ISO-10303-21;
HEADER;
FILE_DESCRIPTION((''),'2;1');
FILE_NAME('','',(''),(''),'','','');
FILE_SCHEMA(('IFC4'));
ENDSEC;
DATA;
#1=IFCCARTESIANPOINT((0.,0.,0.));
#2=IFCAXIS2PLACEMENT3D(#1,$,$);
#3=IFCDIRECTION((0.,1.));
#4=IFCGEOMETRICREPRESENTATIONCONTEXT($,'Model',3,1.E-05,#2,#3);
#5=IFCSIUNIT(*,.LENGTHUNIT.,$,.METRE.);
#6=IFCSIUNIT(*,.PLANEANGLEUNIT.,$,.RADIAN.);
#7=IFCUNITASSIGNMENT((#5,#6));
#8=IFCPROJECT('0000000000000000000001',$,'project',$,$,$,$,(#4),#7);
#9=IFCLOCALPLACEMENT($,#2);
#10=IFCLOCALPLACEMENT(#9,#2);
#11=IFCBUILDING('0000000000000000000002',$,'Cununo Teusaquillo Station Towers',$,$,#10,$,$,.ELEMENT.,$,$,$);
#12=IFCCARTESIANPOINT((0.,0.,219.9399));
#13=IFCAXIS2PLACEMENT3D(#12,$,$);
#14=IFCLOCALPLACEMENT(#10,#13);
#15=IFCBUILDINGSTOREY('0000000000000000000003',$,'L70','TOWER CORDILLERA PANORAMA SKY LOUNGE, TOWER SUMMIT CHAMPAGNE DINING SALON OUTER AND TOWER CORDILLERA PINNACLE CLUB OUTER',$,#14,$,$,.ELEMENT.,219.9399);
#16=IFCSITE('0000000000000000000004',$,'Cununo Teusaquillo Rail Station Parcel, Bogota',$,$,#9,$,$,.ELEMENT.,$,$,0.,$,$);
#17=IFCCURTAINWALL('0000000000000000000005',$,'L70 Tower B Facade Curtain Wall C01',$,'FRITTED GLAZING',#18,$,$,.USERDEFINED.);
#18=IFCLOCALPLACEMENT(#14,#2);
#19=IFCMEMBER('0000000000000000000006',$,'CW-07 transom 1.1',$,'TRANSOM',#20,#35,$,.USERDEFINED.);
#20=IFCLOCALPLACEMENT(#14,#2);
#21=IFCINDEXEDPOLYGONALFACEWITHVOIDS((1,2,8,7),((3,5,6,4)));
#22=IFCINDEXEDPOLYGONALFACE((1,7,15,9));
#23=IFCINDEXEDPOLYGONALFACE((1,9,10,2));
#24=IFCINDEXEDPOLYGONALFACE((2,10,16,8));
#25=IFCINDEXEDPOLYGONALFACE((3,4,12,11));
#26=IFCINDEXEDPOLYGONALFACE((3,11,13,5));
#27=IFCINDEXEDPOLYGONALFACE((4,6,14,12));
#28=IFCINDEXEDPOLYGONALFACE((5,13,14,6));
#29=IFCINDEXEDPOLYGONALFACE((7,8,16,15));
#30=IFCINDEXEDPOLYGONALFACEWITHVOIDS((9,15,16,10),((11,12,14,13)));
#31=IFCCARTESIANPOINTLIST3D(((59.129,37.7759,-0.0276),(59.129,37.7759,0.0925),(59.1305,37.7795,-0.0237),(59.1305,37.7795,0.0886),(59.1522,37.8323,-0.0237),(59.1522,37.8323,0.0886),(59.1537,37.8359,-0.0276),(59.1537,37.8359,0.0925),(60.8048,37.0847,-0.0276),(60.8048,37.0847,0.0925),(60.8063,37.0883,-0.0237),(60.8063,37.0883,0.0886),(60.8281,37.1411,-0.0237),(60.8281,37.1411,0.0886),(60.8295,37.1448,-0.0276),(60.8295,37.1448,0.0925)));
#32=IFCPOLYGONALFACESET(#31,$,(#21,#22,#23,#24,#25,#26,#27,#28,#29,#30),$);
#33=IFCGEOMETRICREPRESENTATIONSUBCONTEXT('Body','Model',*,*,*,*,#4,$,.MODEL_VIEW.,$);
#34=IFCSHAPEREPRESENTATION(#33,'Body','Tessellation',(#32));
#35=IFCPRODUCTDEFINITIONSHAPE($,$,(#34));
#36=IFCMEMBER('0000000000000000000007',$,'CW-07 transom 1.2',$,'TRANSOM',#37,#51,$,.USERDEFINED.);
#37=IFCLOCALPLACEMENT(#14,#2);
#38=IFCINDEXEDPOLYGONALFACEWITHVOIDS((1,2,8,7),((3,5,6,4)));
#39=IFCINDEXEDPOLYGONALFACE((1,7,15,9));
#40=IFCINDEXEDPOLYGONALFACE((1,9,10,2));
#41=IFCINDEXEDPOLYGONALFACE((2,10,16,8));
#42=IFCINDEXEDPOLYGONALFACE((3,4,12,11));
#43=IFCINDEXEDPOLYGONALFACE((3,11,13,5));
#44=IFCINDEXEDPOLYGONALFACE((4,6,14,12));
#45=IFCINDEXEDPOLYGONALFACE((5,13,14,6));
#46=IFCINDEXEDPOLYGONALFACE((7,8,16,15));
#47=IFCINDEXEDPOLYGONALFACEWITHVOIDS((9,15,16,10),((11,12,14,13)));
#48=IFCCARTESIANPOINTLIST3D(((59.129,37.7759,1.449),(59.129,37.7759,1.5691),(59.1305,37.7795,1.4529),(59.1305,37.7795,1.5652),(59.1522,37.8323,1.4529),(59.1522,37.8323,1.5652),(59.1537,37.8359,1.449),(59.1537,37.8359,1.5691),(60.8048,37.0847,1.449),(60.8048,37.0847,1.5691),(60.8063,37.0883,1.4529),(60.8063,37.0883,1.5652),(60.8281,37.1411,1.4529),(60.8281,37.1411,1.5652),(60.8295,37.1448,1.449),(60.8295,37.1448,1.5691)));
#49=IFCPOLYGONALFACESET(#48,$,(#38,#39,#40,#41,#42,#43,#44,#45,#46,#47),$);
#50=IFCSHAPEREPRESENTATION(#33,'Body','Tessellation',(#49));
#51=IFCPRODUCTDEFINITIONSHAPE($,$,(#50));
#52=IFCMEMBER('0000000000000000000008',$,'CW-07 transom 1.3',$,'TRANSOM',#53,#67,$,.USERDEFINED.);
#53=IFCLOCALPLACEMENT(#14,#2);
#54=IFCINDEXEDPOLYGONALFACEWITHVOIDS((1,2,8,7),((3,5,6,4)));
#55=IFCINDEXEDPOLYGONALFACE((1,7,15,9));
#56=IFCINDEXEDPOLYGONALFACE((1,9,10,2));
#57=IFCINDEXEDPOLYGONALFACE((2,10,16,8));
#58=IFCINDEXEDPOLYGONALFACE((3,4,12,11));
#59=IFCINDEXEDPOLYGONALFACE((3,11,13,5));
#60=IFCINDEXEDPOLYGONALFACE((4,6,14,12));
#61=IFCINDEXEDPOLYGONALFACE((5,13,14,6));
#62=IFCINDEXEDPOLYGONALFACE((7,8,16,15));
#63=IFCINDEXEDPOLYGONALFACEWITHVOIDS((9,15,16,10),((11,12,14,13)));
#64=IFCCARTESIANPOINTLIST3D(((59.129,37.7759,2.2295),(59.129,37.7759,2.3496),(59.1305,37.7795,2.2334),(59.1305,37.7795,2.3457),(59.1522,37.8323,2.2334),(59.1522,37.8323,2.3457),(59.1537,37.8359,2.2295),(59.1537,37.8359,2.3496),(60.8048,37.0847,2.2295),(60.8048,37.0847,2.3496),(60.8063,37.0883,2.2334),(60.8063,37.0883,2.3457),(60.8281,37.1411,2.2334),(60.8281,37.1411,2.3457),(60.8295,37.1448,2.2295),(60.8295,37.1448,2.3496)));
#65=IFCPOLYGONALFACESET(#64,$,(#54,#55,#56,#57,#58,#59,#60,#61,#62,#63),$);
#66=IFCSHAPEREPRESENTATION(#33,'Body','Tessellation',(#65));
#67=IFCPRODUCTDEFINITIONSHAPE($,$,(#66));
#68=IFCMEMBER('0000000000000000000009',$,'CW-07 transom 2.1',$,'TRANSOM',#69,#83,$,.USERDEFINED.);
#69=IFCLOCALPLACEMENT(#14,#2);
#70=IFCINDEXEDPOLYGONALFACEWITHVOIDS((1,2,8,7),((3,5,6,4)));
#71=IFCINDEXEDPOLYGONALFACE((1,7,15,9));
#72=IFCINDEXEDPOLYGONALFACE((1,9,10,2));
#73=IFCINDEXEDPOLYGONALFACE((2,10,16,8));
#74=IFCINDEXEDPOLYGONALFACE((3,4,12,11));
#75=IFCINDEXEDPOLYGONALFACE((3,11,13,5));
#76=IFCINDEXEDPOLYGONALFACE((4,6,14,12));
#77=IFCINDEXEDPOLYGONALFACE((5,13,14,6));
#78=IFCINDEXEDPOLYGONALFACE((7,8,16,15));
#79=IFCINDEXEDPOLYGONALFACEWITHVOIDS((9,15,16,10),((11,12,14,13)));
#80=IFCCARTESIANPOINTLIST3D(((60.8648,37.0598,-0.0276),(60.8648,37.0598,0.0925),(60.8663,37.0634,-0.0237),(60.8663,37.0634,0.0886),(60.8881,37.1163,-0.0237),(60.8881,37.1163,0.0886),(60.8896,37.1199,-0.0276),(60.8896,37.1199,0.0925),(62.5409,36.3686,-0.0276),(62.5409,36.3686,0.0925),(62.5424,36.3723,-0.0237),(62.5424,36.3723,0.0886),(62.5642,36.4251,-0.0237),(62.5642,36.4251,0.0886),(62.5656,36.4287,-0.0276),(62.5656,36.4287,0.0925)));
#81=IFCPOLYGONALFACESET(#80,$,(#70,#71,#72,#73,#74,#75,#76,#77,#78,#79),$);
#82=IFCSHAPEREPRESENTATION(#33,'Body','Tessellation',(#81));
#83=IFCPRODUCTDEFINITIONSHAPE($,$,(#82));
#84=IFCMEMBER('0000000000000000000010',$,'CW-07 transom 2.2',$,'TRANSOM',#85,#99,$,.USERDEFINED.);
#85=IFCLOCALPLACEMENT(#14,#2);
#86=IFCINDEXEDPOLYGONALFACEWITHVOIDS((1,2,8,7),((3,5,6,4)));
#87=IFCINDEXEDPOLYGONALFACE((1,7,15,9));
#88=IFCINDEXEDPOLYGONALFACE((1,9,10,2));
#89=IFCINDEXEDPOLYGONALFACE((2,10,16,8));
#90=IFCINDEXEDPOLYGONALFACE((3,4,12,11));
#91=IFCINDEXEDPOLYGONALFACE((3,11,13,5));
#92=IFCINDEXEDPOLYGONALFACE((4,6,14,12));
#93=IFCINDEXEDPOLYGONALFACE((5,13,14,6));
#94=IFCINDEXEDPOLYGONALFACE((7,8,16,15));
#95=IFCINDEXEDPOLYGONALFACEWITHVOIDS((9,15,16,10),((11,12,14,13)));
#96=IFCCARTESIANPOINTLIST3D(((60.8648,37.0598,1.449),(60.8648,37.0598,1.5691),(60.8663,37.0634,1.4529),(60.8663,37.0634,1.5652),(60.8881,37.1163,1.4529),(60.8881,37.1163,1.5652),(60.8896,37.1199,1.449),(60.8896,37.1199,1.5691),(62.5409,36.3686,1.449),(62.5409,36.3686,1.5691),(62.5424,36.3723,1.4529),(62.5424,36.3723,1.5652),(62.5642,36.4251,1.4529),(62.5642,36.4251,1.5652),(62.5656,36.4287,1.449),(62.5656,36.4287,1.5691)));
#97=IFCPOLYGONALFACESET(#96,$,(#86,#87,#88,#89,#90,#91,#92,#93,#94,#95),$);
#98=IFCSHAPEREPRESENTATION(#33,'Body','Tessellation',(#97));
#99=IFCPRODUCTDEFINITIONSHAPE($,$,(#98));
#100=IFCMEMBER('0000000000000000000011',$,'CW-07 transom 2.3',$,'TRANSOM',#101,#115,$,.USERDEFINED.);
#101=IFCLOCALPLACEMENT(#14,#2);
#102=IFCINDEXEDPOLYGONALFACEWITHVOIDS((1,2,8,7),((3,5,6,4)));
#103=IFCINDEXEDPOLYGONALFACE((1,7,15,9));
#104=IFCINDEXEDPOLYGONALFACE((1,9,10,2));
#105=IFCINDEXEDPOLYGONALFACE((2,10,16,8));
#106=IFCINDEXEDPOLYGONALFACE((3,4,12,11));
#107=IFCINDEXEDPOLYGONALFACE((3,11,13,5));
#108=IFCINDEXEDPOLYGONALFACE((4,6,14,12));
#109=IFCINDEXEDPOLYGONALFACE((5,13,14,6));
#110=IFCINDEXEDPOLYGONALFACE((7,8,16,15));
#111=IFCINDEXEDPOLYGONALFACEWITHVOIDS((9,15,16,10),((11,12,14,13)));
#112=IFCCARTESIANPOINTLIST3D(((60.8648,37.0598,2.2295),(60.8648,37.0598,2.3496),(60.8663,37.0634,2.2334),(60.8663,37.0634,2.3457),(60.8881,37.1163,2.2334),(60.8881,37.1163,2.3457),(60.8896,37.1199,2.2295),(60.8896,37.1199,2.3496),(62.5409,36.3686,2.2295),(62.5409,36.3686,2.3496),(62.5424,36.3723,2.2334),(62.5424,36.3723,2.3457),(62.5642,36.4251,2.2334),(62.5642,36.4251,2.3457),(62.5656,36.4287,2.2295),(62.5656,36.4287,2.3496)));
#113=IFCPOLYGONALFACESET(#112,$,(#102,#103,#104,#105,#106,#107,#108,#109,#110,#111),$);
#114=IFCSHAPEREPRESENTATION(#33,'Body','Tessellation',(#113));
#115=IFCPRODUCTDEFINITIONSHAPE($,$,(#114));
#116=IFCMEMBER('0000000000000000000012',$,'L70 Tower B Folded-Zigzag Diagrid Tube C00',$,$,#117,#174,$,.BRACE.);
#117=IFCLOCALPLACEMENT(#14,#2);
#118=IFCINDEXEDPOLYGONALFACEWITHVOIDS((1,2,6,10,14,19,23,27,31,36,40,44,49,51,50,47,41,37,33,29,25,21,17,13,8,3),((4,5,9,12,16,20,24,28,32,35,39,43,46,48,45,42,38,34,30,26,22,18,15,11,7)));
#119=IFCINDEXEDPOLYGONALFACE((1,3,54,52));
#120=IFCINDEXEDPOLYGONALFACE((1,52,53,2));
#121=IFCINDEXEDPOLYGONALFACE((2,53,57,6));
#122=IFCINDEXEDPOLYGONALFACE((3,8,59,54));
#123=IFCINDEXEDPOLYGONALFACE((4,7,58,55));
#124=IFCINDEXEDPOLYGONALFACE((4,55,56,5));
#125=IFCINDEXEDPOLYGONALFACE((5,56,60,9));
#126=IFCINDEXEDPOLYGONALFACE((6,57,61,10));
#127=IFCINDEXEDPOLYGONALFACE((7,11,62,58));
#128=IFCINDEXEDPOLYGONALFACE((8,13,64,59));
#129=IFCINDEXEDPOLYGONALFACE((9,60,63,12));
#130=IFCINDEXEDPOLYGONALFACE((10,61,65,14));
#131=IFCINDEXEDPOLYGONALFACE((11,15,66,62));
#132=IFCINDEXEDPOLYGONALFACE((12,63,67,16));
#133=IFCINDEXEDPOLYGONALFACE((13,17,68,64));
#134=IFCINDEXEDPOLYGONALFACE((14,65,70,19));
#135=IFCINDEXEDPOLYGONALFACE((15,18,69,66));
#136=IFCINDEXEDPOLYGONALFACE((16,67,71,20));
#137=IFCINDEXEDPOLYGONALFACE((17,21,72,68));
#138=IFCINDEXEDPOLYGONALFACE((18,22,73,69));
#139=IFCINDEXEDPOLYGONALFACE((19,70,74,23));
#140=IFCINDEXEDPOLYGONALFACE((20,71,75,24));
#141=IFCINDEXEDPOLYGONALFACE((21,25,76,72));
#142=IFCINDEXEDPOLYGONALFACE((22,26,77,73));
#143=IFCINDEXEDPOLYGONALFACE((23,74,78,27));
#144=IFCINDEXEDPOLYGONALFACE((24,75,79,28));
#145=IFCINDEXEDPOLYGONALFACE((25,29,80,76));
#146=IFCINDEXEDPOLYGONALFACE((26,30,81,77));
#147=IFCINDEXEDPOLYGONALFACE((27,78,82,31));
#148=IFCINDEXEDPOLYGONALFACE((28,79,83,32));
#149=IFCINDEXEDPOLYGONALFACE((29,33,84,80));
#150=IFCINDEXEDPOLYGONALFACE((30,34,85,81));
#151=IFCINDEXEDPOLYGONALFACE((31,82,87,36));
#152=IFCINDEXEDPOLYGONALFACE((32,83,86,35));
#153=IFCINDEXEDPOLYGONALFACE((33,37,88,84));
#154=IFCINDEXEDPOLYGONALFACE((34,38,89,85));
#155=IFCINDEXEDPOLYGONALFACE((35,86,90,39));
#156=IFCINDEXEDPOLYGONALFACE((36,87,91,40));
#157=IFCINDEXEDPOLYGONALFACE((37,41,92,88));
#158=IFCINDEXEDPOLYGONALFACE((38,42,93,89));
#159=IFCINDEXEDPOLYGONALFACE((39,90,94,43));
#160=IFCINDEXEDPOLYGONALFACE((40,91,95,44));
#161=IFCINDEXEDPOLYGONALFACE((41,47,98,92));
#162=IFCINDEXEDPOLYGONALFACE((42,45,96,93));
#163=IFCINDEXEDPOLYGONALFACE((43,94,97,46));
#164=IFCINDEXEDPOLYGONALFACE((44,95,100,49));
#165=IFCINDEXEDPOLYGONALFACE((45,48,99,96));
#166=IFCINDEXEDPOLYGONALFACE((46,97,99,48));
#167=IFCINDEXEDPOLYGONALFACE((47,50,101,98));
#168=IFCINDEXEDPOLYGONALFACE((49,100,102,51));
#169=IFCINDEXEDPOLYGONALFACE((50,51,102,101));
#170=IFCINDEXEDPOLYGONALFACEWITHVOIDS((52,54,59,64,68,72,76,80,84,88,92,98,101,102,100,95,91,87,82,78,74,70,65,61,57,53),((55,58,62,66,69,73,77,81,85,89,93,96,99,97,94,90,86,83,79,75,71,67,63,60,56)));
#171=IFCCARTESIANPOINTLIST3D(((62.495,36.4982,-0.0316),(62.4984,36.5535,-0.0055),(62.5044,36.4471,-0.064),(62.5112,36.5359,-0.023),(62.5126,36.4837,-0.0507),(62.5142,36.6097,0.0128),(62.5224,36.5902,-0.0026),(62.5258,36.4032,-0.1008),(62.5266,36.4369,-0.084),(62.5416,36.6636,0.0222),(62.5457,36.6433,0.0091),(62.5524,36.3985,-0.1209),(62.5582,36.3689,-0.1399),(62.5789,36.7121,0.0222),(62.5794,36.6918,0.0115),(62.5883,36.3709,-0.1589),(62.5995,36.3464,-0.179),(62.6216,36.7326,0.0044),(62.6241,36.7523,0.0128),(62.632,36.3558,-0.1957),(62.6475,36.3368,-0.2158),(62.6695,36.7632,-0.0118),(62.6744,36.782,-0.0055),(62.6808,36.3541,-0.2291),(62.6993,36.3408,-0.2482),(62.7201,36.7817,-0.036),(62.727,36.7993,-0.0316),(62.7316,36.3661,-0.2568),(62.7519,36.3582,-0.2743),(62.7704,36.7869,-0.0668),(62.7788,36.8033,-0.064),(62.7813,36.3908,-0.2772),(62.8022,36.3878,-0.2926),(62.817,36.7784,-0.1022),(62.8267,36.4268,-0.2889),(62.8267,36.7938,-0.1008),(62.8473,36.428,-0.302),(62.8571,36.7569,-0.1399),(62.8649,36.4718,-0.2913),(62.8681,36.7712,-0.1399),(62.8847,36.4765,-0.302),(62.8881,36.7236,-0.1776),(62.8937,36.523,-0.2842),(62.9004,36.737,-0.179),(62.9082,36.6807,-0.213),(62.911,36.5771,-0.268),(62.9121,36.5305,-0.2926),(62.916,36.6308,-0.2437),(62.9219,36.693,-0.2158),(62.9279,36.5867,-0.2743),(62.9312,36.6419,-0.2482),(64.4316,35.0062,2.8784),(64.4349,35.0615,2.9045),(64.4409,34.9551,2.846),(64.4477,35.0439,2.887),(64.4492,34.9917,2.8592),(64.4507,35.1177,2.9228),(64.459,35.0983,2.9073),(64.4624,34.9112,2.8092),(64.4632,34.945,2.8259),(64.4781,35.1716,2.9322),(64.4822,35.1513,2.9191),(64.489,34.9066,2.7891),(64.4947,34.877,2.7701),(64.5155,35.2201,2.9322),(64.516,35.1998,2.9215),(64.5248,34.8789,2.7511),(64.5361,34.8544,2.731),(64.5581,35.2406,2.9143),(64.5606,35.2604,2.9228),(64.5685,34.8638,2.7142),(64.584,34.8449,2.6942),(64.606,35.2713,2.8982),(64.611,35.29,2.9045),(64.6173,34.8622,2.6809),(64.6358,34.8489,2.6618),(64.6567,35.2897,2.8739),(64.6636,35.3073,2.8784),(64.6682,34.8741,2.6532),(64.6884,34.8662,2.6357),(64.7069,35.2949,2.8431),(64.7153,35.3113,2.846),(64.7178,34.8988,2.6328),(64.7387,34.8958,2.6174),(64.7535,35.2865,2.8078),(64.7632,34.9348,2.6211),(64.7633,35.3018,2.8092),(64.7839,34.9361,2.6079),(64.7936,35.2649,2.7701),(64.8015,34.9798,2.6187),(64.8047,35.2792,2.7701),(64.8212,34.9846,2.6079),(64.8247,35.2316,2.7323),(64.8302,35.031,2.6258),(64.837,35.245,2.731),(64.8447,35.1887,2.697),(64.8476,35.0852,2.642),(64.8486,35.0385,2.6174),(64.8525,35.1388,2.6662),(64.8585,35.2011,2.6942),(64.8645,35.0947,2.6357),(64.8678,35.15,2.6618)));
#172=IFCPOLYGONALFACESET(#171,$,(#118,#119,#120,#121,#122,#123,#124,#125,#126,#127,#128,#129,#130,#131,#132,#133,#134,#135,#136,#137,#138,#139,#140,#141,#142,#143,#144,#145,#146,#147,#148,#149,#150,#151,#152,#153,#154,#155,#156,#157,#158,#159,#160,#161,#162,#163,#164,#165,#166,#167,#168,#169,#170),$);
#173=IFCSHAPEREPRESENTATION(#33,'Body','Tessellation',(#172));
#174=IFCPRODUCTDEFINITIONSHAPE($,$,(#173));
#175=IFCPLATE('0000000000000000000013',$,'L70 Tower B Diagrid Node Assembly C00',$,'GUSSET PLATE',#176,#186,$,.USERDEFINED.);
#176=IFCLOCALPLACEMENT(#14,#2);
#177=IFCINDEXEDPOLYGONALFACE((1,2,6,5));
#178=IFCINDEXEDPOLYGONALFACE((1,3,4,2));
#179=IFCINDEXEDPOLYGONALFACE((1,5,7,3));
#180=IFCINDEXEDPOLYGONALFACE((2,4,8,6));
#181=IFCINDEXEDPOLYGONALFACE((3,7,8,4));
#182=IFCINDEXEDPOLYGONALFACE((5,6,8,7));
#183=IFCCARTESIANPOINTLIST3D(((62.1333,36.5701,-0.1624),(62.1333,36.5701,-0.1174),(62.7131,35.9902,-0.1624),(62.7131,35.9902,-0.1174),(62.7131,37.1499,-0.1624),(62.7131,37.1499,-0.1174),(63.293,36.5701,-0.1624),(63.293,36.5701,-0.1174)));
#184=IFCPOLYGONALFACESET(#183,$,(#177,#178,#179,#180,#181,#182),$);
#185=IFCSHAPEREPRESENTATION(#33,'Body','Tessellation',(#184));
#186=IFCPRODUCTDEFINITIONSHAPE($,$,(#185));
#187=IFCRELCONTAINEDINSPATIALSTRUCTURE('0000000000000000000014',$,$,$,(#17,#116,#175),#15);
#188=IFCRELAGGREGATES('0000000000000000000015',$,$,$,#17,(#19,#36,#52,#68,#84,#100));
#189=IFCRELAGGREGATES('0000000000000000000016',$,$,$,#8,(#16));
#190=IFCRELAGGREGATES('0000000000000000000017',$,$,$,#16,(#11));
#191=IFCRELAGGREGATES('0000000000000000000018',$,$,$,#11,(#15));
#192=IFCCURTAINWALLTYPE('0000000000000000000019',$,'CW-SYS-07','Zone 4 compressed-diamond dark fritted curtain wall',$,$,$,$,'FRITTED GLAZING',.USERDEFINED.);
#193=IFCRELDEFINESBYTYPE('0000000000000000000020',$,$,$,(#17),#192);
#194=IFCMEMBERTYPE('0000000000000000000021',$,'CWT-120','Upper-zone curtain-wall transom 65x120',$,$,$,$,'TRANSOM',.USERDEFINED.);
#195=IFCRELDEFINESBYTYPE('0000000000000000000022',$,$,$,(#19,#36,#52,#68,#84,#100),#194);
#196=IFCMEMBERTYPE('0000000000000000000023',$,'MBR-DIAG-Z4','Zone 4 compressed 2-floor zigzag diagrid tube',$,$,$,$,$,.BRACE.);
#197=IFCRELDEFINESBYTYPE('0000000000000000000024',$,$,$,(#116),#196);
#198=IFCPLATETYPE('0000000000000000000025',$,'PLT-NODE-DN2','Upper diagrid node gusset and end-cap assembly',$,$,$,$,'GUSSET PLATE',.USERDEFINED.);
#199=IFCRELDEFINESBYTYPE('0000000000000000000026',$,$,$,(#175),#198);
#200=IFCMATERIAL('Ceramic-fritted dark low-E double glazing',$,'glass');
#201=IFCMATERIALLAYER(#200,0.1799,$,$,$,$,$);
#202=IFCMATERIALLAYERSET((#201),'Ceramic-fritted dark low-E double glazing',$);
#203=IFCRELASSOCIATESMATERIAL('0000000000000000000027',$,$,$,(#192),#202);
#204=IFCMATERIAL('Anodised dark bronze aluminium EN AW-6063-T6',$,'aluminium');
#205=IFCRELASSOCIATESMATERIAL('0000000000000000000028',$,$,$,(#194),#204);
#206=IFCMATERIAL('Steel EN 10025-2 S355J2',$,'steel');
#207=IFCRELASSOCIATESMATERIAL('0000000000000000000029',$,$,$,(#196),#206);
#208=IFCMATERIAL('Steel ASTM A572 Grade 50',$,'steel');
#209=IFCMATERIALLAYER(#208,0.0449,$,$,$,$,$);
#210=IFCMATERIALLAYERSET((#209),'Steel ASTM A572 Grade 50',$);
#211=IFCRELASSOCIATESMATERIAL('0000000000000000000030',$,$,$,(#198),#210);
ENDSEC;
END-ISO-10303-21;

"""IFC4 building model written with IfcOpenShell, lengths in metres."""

from ifc_helpers import new_model, si_unit, direction, frame, origin, origin_2d, place, context, subcontext, project, spatial, rectangle, hollow_rectangle, hollow_circle, extrude, source, transform, mapped, material, layer, layer_set, material_profile, profile_set, type_object, element, aggregate, save


model = new_model("IFC4")

# Units and contexts
model_context = context("Model", 3, precision=1e-05, world=origin(), true_north=direction((0.0, 1.0)))
body_context = subcontext(model_context, "Body", "Model", "MODEL_VIEW")
ifc_project = project(units=[si_unit("LENGTHUNIT", "METRE"), si_unit("PLANEANGLEUNIT", "RADIAN")], contexts=[model_context])

# Site, building, storey
site_placement = place(None, origin())
site = spatial("IfcSite", under=ifc_project, at=site_placement, Name="Cununo Teusaquillo Rail Station Parcel, Bogota", CompositionType="ELEMENT", RefElevation=0.0)
building_placement = place(site_placement, origin())
building = spatial("IfcBuilding", under=site, at=building_placement, Name="Cununo Teusaquillo Station Towers", CompositionType="ELEMENT")
storey_placement = place(building_placement, frame((0.0, 0.0, 219.9399)))
storey = spatial("IfcBuildingStorey", under=building, at=storey_placement, Name="L70", Description="TOWER CORDILLERA PANORAMA SKY LOUNGE, TOWER SUMMIT CHAMPAGNE DINING SALON OUTER AND TOWER CORDILLERA PINNACLE CLUB OUTER", CompositionType="ELEMENT", Elevation=219.9399)

# Curtain wall, members
ifc_material_1 = material(Name="Ceramic-fritted dark low-E double glazing", Category="glass")
ifc_layer_1 = layer(ifc_material_1, 0.1799)
ifc_layer_set_1 = layer_set([ifc_layer_1], Name="Ceramic-fritted dark low-E double glazing")
curtain_wall_type = type_object("IfcCurtainWallType", Name="CW-SYS-07", Description="Zone 4 compressed-diamond dark fritted curtain wall", ElementType="FRITTED GLAZING", PredefinedType="USERDEFINED", material=ifc_layer_set_1)
curtain_wall_placement = place(storey_placement, origin())
curtain_wall = element("IfcCurtainWall", 1, at=curtain_wall_placement, inside=storey, type_object=curtain_wall_type, Name="L70 Tower B Facade Curtain Wall C01", ObjectType="FRITTED GLAZING", PredefinedType="USERDEFINED")
ifc_material_2 = material(Name="Anodised dark bronze aluminium EN AW-6063-T6", Category="aluminium")
ifc_material_profile_1 = material_profile(ifc_material_2, hollow_rectangle(XDim=0.0649, YDim=0.1201, WallThickness=0.0039, at=origin_2d()), Name="CW-TRAN-65x120")
ifc_profile_set_1 = profile_set([ifc_material_profile_1], Name="Anodised dark bronze aluminium EN AW-6063-T6")
member_type_1 = type_object("IfcMemberType", Name="CWT-120", Description="Upper-zone curtain-wall transom 65x120", ElementType="TRANSOM", PredefinedType="USERDEFINED", material=ifc_profile_set_1)
member_1_placement = place(storey_placement, frame((59.1414, 37.8059, 0.0325), z_axis=(0.924458, -0.381285, 0.0), x_axis=(0.381285, 0.924458, 0.0)))
member_1 = element("IfcMember", 2, at=member_1_placement, type_object=member_type_1, Name="CW-07 transom 1.1", ObjectType="TRANSOM", PredefinedType="USERDEFINED", context=body_context, shape_type="SweptSolid", body=[
    extrude(hollow_rectangle(XDim=0.0649, YDim=0.1201, WallThickness=0.0039, at=origin_2d()), origin(), (0.0, 0.0, 1.0), 1.8127),
])
member_2_placement = place(storey_placement, frame((59.1414, 37.8059, 1.509), z_axis=(0.924458, -0.381285, 0.0), x_axis=(0.381285, 0.924458, 0.0)))
member_2 = element("IfcMember", 3, at=member_2_placement, type_object=member_type_1, Name="CW-07 transom 1.2", ObjectType="TRANSOM", PredefinedType="USERDEFINED", context=body_context, shape_type="SweptSolid", body=[
    extrude(hollow_rectangle(XDim=0.0649, YDim=0.1201, WallThickness=0.0039, at=origin_2d()), origin(), (0.0, 0.0, 1.0), 1.8127),
])
member_3_placement = place(storey_placement, frame((59.1414, 37.8059, 2.2896), z_axis=(0.924458, -0.381285, 0.0), x_axis=(0.381285, 0.924458, 0.0)))
member_3 = element("IfcMember", 4, at=member_3_placement, type_object=member_type_1, Name="CW-07 transom 1.3", ObjectType="TRANSOM", PredefinedType="USERDEFINED", context=body_context, shape_type="SweptSolid", body=[
    extrude(hollow_rectangle(XDim=0.0649, YDim=0.1201, WallThickness=0.0039, at=origin_2d()), origin(), (0.0, 0.0, 1.0), 1.8127),
])
member_4_placement = place(storey_placement, frame((60.8772, 37.0898, 0.0325), z_axis=(0.924477, -0.381237, 0.0), x_axis=(0.381237, 0.924477, 0.0)))
member_4 = element("IfcMember", 5, at=member_4_placement, type_object=member_type_1, Name="CW-07 transom 2.1", ObjectType="TRANSOM", PredefinedType="USERDEFINED", context=body_context, shape_type="SweptSolid", body=[
    extrude(hollow_rectangle(XDim=0.0649, YDim=0.1201, WallThickness=0.0039, at=origin_2d()), origin(), (0.0, 0.0, 1.0), 1.813),
])
member_5_placement = place(storey_placement, frame((60.8772, 37.0898, 1.509), z_axis=(0.924477, -0.381237, 0.0), x_axis=(0.381237, 0.924477, 0.0)))
member_5 = element("IfcMember", 6, at=member_5_placement, type_object=member_type_1, Name="CW-07 transom 2.2", ObjectType="TRANSOM", PredefinedType="USERDEFINED", context=body_context, shape_type="SweptSolid", body=[
    extrude(hollow_rectangle(XDim=0.0649, YDim=0.1201, WallThickness=0.0039, at=origin_2d()), origin(), (0.0, 0.0, 1.0), 1.813),
])
member_6_placement = place(storey_placement, frame((60.8772, 37.0898, 2.2896), z_axis=(0.924477, -0.381237, 0.0), x_axis=(0.381237, 0.924477, 0.0)))
member_6 = element("IfcMember", 7, at=member_6_placement, type_object=member_type_1, Name="CW-07 transom 2.3", ObjectType="TRANSOM", PredefinedType="USERDEFINED", context=body_context, shape_type="SweptSolid", body=[
    extrude(hollow_rectangle(XDim=0.0649, YDim=0.1201, WallThickness=0.0039, at=origin_2d()), origin(), (0.0, 0.0, 1.0), 1.813),
])

# Member
ifc_material_3 = material(Name="Steel EN 10025-2 S355J2", Category="steel")
ifc_material_profile_2 = material_profile(ifc_material_3, hollow_circle(Radius=0.2539, WallThickness=0.0181, at=origin_2d()), Name="CHS 508x18")
ifc_profile_set_2 = profile_set([ifc_material_profile_2], Name="Steel EN 10025-2 S355J2")
member_type_2 = type_object("IfcMemberType", Name="MBR-DIAG-Z4", Description="Zone 4 compressed 2-floor zigzag diagrid tube", PredefinedType="BRACE", material=ifc_profile_set_2)
member_7_placement = place(storey_placement, frame((62.7131, 36.5701, -0.1399), z_axis=(0.509548, -0.392568, 0.765671), x_axis=(0.610304, 0.792167, 0.0)))
element("IfcMember", 8, at=member_7_placement, inside=storey, type_object=member_type_2, Name="L70 Tower B Folded-Zigzag Diagrid Tube C00", PredefinedType="BRACE", context=body_context, shape_type="SweptSolid", body=[
    extrude(hollow_circle(Radius=0.2539, WallThickness=0.0181, at=origin_2d()), origin(), (0.0, 0.0, 1.0), 3.8005),
])

# Plate
ifc_material_4 = material(Name="Steel ASTM A572 Grade 50", Category="steel")
ifc_layer_2 = layer(ifc_material_4, 0.0449)
ifc_layer_set_2 = layer_set([ifc_layer_2], Name="Steel ASTM A572 Grade 50")
plate_type_1 = type_object("IfcPlateType", Name="PLT-NODE-DN2", Description="Upper diagrid node gusset and end-cap assembly", ElementType="GUSSET PLATE", PredefinedType="USERDEFINED", material=ifc_layer_set_2)
shared_shape_1 = source(origin(), body_context, "Body", "SweptSolid", [
    extrude(rectangle(XDim=0.8201, YDim=0.8201, at=origin_2d()), origin(), (0.0, 0.0, 1.0), 0.0449),
])
plate_1_placement = place(storey_placement, frame((62.7131, 36.5701, -0.1624), z_axis=(0.0, 0.0, 1.0), x_axis=(0.707107, 0.707107, 0.0)))
element("IfcPlate", 9, at=plate_1_placement, inside=storey, type_object=plate_type_1, Name="L70 Tower B Diagrid Node Assembly C00", ObjectType="GUSSET PLATE", PredefinedType="USERDEFINED", context=body_context, shape_type="MappedRepresentation", body=[
    mapped(shared_shape_1, transform((0.0, 0.0, 0.0), x_axis=(1.0, 0.0, 0.0), y_axis=(0.0, 1.0, 0.0), z_axis=(0.0, 0.0, 1.0), scale=1.0)),
])
aggregate(curtain_wall, [member_1, member_2, member_3, member_4, member_5, member_6])

save(model, "model.ifc")
